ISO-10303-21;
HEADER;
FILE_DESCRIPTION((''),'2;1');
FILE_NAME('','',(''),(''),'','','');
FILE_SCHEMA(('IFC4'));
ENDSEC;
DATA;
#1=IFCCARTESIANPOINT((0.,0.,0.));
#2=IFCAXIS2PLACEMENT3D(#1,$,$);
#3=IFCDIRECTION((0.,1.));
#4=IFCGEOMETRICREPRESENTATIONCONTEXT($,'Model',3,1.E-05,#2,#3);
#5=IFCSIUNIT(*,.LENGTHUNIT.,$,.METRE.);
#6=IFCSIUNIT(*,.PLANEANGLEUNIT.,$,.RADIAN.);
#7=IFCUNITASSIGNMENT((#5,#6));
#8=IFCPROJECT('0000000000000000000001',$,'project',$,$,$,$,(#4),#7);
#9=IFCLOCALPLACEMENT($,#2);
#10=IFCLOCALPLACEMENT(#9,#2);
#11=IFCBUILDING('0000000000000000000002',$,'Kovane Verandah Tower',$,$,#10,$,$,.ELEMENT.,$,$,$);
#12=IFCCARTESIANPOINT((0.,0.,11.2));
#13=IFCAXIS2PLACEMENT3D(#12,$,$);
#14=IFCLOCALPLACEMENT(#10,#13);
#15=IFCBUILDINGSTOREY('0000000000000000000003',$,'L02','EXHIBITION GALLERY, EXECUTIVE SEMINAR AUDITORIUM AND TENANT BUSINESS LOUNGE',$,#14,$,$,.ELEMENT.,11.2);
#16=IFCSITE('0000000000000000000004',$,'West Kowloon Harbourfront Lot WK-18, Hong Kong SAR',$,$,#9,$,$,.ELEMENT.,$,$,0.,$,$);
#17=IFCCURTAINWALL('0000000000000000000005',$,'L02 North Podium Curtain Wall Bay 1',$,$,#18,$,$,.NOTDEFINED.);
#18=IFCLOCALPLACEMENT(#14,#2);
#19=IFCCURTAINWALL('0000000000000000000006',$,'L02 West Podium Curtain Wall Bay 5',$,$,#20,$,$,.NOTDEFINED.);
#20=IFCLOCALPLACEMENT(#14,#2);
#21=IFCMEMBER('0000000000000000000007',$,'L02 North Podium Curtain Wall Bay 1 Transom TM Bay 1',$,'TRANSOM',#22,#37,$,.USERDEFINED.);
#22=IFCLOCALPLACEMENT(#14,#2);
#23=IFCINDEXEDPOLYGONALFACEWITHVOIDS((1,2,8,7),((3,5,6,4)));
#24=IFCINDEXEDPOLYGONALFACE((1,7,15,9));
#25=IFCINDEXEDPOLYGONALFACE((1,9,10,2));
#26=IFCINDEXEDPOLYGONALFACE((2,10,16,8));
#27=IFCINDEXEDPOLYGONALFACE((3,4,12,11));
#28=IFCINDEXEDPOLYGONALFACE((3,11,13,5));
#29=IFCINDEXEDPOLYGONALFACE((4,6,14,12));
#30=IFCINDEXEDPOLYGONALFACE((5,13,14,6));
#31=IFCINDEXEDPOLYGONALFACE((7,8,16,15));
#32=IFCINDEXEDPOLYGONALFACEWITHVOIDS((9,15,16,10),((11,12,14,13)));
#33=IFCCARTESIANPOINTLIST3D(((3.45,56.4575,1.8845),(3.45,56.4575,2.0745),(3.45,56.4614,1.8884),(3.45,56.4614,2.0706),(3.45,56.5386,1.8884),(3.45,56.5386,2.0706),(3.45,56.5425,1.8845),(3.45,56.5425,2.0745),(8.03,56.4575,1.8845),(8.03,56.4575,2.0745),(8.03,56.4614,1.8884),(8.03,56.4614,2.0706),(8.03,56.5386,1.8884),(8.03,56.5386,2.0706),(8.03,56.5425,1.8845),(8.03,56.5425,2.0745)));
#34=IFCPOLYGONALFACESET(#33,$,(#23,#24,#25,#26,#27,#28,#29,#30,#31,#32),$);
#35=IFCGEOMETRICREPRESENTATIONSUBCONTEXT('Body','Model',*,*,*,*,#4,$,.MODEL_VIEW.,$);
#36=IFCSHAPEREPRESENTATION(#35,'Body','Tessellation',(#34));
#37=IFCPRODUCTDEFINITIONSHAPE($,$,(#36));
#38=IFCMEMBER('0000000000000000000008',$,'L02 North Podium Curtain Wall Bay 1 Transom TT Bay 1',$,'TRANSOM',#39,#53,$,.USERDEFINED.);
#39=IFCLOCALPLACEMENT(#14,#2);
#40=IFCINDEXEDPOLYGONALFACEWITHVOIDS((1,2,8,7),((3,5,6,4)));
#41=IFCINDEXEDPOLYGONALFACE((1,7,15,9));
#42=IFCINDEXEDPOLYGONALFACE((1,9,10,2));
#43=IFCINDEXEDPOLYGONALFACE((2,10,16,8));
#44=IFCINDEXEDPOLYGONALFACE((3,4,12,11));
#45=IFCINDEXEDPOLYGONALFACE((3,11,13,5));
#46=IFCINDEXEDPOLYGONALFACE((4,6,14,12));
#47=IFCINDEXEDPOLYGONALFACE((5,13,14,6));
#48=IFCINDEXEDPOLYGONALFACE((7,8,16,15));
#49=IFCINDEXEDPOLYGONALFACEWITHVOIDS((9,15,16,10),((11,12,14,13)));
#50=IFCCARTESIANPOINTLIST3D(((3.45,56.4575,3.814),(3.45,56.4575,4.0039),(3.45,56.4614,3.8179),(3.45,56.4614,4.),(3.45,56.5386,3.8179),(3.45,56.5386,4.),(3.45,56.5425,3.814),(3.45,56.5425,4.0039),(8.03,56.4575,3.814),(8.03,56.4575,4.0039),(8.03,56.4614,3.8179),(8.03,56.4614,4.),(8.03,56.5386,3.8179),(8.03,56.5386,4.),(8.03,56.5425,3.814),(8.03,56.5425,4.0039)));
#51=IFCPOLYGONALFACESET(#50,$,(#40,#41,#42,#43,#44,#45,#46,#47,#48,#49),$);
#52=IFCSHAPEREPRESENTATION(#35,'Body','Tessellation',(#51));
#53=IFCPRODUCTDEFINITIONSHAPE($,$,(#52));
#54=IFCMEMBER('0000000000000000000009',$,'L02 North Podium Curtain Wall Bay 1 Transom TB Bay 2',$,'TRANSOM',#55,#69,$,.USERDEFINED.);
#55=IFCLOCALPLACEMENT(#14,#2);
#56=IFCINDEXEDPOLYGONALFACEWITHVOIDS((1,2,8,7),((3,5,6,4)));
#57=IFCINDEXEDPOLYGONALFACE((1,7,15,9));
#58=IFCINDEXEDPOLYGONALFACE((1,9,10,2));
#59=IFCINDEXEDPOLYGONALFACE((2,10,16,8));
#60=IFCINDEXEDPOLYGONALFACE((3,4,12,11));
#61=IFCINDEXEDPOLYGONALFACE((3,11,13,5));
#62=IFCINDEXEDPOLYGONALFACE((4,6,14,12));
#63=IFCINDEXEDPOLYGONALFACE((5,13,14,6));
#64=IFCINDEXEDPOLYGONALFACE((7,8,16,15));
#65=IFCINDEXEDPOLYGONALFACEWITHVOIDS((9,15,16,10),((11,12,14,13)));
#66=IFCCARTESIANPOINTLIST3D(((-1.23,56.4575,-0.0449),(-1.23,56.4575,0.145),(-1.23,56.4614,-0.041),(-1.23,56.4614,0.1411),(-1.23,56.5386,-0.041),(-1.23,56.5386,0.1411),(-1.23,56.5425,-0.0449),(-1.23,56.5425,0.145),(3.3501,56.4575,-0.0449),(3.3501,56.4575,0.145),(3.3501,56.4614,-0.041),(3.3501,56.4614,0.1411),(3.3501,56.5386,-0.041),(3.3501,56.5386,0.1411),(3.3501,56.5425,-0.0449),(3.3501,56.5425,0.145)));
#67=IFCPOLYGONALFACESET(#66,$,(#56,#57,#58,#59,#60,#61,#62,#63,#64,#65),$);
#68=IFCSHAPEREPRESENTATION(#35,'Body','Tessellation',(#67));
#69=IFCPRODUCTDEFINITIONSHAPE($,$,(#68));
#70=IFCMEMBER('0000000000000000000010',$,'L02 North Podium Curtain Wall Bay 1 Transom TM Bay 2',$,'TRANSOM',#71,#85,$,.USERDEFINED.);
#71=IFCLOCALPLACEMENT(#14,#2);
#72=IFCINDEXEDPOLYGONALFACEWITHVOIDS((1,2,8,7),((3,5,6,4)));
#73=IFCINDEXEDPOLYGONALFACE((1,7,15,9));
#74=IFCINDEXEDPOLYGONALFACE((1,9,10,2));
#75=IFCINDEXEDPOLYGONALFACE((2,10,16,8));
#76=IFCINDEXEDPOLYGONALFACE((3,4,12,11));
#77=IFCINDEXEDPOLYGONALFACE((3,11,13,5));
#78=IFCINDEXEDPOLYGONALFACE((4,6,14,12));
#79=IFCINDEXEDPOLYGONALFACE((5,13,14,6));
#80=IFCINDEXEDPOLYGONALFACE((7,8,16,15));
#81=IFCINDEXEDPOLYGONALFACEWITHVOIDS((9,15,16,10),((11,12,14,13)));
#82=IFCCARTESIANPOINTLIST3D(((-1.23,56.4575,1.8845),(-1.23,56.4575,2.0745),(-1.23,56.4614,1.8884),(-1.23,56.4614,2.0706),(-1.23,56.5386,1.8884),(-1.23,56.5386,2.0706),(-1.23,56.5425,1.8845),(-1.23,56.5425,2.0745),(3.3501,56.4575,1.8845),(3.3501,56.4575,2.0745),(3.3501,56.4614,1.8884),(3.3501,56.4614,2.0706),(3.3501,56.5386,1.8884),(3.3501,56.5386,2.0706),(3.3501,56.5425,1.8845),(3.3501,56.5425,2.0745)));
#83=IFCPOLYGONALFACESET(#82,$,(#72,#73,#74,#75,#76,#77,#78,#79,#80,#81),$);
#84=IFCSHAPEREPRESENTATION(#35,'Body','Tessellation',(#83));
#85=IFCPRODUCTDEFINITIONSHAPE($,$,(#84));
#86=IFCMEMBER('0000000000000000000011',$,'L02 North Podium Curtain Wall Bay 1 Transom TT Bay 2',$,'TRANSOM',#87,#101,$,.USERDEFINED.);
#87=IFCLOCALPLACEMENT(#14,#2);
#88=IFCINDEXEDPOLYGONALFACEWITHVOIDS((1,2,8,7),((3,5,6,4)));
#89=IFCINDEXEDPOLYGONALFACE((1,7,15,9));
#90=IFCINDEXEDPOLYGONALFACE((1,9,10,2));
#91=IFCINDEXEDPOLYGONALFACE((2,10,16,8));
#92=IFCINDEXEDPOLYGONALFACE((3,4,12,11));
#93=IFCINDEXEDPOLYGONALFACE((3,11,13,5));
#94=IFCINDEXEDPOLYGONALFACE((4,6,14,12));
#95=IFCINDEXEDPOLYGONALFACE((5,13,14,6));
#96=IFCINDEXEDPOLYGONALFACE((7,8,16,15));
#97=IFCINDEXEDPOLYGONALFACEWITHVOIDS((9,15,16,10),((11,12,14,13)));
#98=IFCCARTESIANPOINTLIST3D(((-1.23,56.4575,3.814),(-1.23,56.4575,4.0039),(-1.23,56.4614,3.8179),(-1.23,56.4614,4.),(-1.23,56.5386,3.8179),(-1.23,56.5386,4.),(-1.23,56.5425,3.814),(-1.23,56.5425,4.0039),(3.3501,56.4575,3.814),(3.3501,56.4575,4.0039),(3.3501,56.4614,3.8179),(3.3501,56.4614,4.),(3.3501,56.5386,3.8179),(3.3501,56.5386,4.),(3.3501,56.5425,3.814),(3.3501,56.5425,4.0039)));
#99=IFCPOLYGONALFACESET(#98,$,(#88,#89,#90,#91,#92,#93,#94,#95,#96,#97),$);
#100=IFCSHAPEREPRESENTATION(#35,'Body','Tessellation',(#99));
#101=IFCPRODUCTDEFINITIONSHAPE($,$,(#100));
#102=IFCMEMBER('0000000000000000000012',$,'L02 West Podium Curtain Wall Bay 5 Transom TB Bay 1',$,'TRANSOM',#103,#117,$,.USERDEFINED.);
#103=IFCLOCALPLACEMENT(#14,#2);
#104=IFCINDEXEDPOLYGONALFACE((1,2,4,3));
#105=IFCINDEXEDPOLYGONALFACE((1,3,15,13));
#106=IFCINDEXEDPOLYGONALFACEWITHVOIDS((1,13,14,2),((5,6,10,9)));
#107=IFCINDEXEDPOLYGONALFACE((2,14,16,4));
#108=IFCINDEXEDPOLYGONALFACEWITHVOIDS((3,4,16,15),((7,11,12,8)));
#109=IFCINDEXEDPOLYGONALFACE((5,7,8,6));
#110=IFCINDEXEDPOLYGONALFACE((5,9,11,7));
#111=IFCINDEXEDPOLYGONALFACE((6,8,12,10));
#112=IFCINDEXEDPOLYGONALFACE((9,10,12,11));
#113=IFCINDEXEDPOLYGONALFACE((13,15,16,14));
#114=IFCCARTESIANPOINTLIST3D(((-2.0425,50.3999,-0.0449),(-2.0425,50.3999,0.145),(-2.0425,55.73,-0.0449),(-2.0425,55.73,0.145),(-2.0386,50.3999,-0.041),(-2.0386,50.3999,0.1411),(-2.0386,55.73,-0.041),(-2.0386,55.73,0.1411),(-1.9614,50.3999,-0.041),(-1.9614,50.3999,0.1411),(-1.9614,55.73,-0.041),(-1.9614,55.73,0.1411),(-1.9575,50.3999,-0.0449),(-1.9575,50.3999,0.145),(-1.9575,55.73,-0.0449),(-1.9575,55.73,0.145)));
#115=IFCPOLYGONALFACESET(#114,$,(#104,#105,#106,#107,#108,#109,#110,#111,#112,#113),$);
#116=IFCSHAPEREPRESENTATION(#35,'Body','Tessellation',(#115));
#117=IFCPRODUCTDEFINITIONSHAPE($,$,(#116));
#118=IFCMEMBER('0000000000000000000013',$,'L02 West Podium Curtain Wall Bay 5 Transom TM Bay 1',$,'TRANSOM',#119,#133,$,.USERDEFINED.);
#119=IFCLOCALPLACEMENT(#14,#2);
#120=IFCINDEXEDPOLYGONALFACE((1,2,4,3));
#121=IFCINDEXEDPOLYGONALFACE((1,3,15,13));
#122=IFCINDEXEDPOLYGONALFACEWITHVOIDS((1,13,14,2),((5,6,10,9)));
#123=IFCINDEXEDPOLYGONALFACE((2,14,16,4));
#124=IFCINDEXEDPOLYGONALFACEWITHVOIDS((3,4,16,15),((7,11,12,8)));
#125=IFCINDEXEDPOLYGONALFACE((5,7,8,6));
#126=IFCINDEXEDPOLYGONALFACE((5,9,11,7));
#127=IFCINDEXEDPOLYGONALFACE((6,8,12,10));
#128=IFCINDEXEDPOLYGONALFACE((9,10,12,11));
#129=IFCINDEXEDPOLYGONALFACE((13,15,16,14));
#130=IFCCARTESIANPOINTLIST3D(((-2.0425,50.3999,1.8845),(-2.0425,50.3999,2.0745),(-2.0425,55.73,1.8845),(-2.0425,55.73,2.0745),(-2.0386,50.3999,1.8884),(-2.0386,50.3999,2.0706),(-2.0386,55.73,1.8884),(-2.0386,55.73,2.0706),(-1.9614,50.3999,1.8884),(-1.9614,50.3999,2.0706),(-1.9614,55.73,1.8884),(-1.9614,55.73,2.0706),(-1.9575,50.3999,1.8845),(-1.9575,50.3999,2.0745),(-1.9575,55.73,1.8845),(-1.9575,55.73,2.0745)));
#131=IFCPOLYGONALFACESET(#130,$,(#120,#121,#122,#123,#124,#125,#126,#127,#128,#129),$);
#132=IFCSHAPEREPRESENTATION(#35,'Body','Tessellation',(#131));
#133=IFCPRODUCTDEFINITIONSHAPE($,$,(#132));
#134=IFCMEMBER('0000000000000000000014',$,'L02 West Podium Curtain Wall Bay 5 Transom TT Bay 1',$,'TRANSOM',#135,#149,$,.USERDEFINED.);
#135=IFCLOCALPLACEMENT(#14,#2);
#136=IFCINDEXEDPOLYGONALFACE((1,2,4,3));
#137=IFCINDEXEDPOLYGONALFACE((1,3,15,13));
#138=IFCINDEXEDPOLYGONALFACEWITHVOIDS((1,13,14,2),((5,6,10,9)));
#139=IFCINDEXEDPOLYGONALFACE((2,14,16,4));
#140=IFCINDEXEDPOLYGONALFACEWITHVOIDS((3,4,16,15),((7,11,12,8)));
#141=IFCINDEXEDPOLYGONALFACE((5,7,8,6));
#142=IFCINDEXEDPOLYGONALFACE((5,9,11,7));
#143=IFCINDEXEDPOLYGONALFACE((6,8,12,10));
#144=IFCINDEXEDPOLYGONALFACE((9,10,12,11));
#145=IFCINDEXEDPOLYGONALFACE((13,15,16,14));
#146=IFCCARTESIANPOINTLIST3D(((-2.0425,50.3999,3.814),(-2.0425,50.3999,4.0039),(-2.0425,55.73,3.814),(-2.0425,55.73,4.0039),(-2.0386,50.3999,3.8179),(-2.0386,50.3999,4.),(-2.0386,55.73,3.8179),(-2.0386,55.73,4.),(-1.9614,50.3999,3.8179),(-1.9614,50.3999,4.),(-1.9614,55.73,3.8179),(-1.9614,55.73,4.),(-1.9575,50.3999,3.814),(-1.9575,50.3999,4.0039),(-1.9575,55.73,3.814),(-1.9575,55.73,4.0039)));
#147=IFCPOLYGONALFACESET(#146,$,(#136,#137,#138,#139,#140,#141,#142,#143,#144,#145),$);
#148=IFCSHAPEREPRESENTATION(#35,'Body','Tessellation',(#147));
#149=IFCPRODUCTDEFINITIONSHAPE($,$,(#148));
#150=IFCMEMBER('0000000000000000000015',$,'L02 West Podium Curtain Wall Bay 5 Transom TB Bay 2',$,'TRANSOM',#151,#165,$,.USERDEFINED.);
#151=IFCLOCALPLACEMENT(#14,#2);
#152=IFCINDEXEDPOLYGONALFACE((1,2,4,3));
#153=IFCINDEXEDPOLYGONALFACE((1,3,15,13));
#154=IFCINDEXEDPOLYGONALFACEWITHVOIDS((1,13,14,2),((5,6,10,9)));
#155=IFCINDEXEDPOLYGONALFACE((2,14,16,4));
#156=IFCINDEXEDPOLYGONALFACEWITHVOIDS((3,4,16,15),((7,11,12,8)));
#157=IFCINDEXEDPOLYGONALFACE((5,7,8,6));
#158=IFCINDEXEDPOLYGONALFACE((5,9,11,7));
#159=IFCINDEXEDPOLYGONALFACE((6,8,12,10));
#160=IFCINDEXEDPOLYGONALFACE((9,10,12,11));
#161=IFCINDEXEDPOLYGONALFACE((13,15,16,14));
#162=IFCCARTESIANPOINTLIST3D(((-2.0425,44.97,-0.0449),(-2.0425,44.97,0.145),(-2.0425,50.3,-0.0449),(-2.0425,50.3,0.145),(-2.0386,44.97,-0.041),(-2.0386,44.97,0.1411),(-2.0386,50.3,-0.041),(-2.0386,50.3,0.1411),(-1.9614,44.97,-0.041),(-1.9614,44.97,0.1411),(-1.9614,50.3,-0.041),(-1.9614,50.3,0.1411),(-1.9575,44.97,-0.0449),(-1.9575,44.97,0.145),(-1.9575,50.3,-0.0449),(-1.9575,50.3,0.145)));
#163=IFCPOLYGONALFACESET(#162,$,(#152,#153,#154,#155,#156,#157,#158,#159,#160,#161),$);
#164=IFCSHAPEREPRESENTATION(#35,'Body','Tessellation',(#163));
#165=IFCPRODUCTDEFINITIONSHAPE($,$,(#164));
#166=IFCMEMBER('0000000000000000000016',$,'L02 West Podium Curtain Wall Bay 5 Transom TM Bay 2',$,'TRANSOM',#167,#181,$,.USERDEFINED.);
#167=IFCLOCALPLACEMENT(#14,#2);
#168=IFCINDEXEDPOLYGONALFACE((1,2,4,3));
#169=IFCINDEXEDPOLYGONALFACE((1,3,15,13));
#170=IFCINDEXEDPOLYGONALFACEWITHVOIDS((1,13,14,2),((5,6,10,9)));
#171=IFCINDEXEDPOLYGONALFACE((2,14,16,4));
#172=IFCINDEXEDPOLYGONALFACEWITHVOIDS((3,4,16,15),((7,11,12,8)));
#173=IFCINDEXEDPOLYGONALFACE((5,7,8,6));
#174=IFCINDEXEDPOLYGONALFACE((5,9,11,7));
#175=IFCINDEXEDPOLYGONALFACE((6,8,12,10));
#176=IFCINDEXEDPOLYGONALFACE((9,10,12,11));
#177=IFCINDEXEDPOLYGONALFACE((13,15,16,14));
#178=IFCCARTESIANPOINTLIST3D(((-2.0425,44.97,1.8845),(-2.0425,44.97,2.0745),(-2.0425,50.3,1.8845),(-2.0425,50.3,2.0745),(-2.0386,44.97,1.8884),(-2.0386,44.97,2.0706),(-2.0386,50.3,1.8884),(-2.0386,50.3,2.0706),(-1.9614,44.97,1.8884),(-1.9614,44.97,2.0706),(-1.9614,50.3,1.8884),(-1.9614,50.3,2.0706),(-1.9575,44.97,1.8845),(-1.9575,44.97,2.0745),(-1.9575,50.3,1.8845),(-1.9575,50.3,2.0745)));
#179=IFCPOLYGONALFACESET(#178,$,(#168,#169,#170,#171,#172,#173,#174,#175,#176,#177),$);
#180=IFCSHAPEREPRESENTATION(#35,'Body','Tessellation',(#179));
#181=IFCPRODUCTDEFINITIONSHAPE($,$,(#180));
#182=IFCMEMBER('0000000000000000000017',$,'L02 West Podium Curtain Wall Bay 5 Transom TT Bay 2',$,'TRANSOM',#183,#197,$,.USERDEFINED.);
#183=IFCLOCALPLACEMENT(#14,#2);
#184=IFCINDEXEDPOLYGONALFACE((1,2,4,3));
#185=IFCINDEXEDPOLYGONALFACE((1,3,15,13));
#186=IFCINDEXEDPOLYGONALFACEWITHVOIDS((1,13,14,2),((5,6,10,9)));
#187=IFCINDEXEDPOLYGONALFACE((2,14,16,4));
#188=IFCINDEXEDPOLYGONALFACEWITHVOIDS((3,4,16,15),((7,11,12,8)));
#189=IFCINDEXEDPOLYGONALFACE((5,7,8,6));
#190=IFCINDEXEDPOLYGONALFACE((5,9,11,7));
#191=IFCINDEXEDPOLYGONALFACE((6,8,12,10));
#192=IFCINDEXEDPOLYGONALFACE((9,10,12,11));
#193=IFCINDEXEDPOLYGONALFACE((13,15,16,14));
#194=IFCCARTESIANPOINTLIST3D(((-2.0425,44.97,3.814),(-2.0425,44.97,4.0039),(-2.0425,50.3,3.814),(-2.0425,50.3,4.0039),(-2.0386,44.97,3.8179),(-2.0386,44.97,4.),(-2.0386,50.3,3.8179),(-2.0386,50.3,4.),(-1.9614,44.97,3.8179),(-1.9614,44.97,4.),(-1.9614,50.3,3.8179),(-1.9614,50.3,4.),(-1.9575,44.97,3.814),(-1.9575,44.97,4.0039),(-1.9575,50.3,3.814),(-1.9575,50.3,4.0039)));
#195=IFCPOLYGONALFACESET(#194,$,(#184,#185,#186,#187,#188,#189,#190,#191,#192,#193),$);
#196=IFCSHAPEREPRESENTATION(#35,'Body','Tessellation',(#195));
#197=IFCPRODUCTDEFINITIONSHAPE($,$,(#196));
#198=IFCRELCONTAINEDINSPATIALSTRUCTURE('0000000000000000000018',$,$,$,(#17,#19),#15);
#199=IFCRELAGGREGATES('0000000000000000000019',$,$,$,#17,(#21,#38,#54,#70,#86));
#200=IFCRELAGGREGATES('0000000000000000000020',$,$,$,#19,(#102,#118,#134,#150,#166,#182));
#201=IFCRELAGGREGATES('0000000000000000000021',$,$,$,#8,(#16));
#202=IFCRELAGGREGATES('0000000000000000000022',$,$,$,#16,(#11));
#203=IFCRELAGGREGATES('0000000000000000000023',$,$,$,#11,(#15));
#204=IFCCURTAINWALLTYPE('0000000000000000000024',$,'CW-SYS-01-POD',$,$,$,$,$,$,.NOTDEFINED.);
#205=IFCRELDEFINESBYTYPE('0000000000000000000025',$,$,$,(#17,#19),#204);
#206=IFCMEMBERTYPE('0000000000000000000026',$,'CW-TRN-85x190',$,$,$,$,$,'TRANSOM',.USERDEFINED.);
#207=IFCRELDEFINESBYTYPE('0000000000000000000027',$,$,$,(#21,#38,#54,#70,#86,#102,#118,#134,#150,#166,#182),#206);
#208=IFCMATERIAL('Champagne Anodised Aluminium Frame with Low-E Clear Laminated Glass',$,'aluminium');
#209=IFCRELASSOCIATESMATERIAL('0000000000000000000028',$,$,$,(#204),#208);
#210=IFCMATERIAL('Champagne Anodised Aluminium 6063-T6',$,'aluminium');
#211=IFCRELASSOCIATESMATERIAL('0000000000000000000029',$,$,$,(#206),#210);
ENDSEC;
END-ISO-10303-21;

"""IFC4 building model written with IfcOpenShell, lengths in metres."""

from ifc_helpers import new_model, si_unit, direction, frame, origin, origin_2d, place, context, subcontext, project, spatial, hollow_rectangle, extrude, material, material_profile, profile_set, type_object, element, aggregate, save


model = new_model("IFC4")

# Units and contexts
model_context = context("Model", 3, precision=1e-05, world=origin(), true_north=direction((0.0, 1.0)))
body_context = subcontext(model_context, "Body", "Model", "MODEL_VIEW")
ifc_project = project(units=[si_unit("LENGTHUNIT", "METRE"), si_unit("PLANEANGLEUNIT", "RADIAN")], contexts=[model_context])

# Site, building, storey
site_placement = place(None, origin())
site = spatial("IfcSite", under=ifc_project, at=site_placement, Name="West Kowloon Harbourfront Lot WK-18, Hong Kong SAR", CompositionType="ELEMENT", RefElevation=0.0)
building_placement = place(site_placement, origin())
building = spatial("IfcBuilding", under=site, at=building_placement, Name="Kovane Verandah Tower", CompositionType="ELEMENT")
storey_placement = place(building_placement, frame((0.0, 0.0, 11.2)))
storey = spatial("IfcBuildingStorey", under=building, at=storey_placement, Name="L02", Description="EXHIBITION GALLERY, EXECUTIVE SEMINAR AUDITORIUM AND TENANT BUSINESS LOUNGE", CompositionType="ELEMENT", Elevation=11.2)

# Curtain wall
ifc_material_1 = material(Name="Champagne Anodised Aluminium Frame with Low-E Clear Laminated Glass", Category="aluminium")
curtain_wall_type = type_object("IfcCurtainWallType", Name="CW-SYS-01-POD", PredefinedType="NOTDEFINED", material=ifc_material_1)
curtain_wall_1_placement = place(storey_placement, origin())
curtain_wall_1 = element("IfcCurtainWall", 1, at=curtain_wall_1_placement, inside=storey, type_object=curtain_wall_type, Name="L02 North Podium Curtain Wall Bay 1", PredefinedType="NOTDEFINED")
ifc_material_2 = material(Name="Champagne Anodised Aluminium 6063-T6", Category="aluminium")

# Curtain wall
curtain_wall_2_placement = place(storey_placement, origin())
curtain_wall_2 = element("IfcCurtainWall", 2, at=curtain_wall_2_placement, inside=storey, type_object=curtain_wall_type, Name="L02 West Podium Curtain Wall Bay 5", PredefinedType="NOTDEFINED")

# Members
ifc_material_profile_1 = material_profile(ifc_material_2, hollow_rectangle(XDim=0.085, YDim=0.1899, WallThickness=0.0039, at=origin_2d()), Name="AL85x190x4")
ifc_profile_set_1 = profile_set([ifc_material_profile_1], Name="Champagne Anodised Aluminium 6063-T6")
member_type_1 = type_object("IfcMemberType", Name="CW-TRN-85x190", ElementType="TRANSOM", PredefinedType="USERDEFINED", material=ifc_profile_set_1)
member_1_placement = place(storey_placement, frame((8.03, 56.5, 1.9795), z_axis=(-1.0, 0.0, 0.0), x_axis=(0.0, -1.0, 0.0)))
member_1 = element("IfcMember", 3, at=member_1_placement, type_object=member_type_1, Name="L02 North Podium Curtain Wall Bay 1 Transom TM Bay 1", ObjectType="TRANSOM", PredefinedType="USERDEFINED", context=body_context, shape_type="SweptSolid", body=[
    extrude(hollow_rectangle(XDim=0.085, YDim=0.1899, WallThickness=0.0039, at=origin_2d()), origin(), (0.0, 0.0, 1.0), 4.5801),
])
member_2_placement = place(storey_placement, frame((8.03, 56.5, 3.9089), z_axis=(-1.0, 0.0, 0.0), x_axis=(0.0, -1.0, 0.0)))
member_2 = element("IfcMember", 4, at=member_2_placement, type_object=member_type_1, Name="L02 North Podium Curtain Wall Bay 1 Transom TT Bay 1", ObjectType="TRANSOM", PredefinedType="USERDEFINED", context=body_context, shape_type="SweptSolid", body=[
    extrude(hollow_rectangle(XDim=0.085, YDim=0.1899, WallThickness=0.0039, at=origin_2d()), origin(), (0.0, 0.0, 1.0), 4.5801),
])
member_3_placement = place(storey_placement, frame((3.3501, 56.5, 0.05), z_axis=(-1.0, 0.0, 0.0), x_axis=(0.0, -1.0, 0.0)))
member_3 = element("IfcMember", 5, at=member_3_placement, type_object=member_type_1, Name="L02 North Podium Curtain Wall Bay 1 Transom TB Bay 2", ObjectType="TRANSOM", PredefinedType="USERDEFINED", context=body_context, shape_type="SweptSolid", body=[
    extrude(hollow_rectangle(XDim=0.085, YDim=0.1899, WallThickness=0.0039, at=origin_2d()), origin(), (0.0, 0.0, 1.0), 4.5801),
])
member_4_placement = place(storey_placement, frame((3.3501, 56.5, 1.9795), z_axis=(-1.0, 0.0, 0.0), x_axis=(0.0, -1.0, 0.0)))
member_4 = element("IfcMember", 6, at=member_4_placement, type_object=member_type_1, Name="L02 North Podium Curtain Wall Bay 1 Transom TM Bay 2", ObjectType="TRANSOM", PredefinedType="USERDEFINED", context=body_context, shape_type="SweptSolid", body=[
    extrude(hollow_rectangle(XDim=0.085, YDim=0.1899, WallThickness=0.0039, at=origin_2d()), origin(), (0.0, 0.0, 1.0), 4.5801),
])
member_5_placement = place(storey_placement, frame((3.3501, 56.5, 3.9089), z_axis=(-1.0, 0.0, 0.0), x_axis=(0.0, -1.0, 0.0)))
member_5 = element("IfcMember", 7, at=member_5_placement, type_object=member_type_1, Name="L02 North Podium Curtain Wall Bay 1 Transom TT Bay 2", ObjectType="TRANSOM", PredefinedType="USERDEFINED", context=body_context, shape_type="SweptSolid", body=[
    extrude(hollow_rectangle(XDim=0.085, YDim=0.1899, WallThickness=0.0039, at=origin_2d()), origin(), (0.0, 0.0, 1.0), 4.5801),
])
member_6_placement = place(storey_placement, frame((-2.0, 55.73, 0.05), z_axis=(0.0, -1.0, 0.0), x_axis=(1.0, 0.0, 0.0)))
member_6 = element("IfcMember", 8, at=member_6_placement, type_object=member_type_1, Name="L02 West Podium Curtain Wall Bay 5 Transom TB Bay 1", ObjectType="TRANSOM", PredefinedType="USERDEFINED", context=body_context, shape_type="SweptSolid", body=[
    extrude(hollow_rectangle(XDim=0.085, YDim=0.1899, WallThickness=0.0039, at=origin_2d()), origin(), (0.0, 0.0, 1.0), 5.3301),
])
member_7_placement = place(storey_placement, frame((-2.0, 55.73, 1.9795), z_axis=(0.0, -1.0, 0.0), x_axis=(1.0, 0.0, 0.0)))
member_7 = element("IfcMember", 9, at=member_7_placement, type_object=member_type_1, Name="L02 West Podium Curtain Wall Bay 5 Transom TM Bay 1", ObjectType="TRANSOM", PredefinedType="USERDEFINED", context=body_context, shape_type="SweptSolid", body=[
    extrude(hollow_rectangle(XDim=0.085, YDim=0.1899, WallThickness=0.0039, at=origin_2d()), origin(), (0.0, 0.0, 1.0), 5.3301),
])
member_8_placement = place(storey_placement, frame((-2.0, 55.73, 3.9089), z_axis=(0.0, -1.0, 0.0), x_axis=(1.0, 0.0, 0.0)))
member_8 = element("IfcMember", 10, at=member_8_placement, type_object=member_type_1, Name="L02 West Podium Curtain Wall Bay 5 Transom TT Bay 1", ObjectType="TRANSOM", PredefinedType="USERDEFINED", context=body_context, shape_type="SweptSolid", body=[
    extrude(hollow_rectangle(XDim=0.085, YDim=0.1899, WallThickness=0.0039, at=origin_2d()), origin(), (0.0, 0.0, 1.0), 5.3301),
])
member_9_placement = place(storey_placement, frame((-2.0, 50.3, 0.05), z_axis=(0.0, -1.0, 0.0), x_axis=(1.0, 0.0, 0.0)))
member_9 = element("IfcMember", 11, at=member_9_placement, type_object=member_type_1, Name="L02 West Podium Curtain Wall Bay 5 Transom TB Bay 2", ObjectType="TRANSOM", PredefinedType="USERDEFINED", context=body_context, shape_type="SweptSolid", body=[
    extrude(hollow_rectangle(XDim=0.085, YDim=0.1899, WallThickness=0.0039, at=origin_2d()), origin(), (0.0, 0.0, 1.0), 5.3301),
])
member_10_placement = place(storey_placement, frame((-2.0, 50.3, 1.9795), z_axis=(0.0, -1.0, 0.0), x_axis=(1.0, 0.0, 0.0)))
member_10 = element("IfcMember", 12, at=member_10_placement, type_object=member_type_1, Name="L02 West Podium Curtain Wall Bay 5 Transom TM Bay 2", ObjectType="TRANSOM", PredefinedType="USERDEFINED", context=body_context, shape_type="SweptSolid", body=[
    extrude(hollow_rectangle(XDim=0.085, YDim=0.1899, WallThickness=0.0039, at=origin_2d()), origin(), (0.0, 0.0, 1.0), 5.3301),
])
member_11_placement = place(storey_placement, frame((-2.0, 50.3, 3.9089), z_axis=(0.0, -1.0, 0.0), x_axis=(1.0, 0.0, 0.0)))
member_11 = element("IfcMember", 13, at=member_11_placement, type_object=member_type_1, Name="L02 West Podium Curtain Wall Bay 5 Transom TT Bay 2", ObjectType="TRANSOM", PredefinedType="USERDEFINED", context=body_context, shape_type="SweptSolid", body=[
    extrude(hollow_rectangle(XDim=0.085, YDim=0.1899, WallThickness=0.0039, at=origin_2d()), origin(), (0.0, 0.0, 1.0), 5.3301),
])

aggregate(curtain_wall_1, [member_1, member_2, member_3, member_4, member_5])
aggregate(curtain_wall_2, [member_6, member_7, member_8, member_9, member_10, member_11])

save(model, "model.ifc")
